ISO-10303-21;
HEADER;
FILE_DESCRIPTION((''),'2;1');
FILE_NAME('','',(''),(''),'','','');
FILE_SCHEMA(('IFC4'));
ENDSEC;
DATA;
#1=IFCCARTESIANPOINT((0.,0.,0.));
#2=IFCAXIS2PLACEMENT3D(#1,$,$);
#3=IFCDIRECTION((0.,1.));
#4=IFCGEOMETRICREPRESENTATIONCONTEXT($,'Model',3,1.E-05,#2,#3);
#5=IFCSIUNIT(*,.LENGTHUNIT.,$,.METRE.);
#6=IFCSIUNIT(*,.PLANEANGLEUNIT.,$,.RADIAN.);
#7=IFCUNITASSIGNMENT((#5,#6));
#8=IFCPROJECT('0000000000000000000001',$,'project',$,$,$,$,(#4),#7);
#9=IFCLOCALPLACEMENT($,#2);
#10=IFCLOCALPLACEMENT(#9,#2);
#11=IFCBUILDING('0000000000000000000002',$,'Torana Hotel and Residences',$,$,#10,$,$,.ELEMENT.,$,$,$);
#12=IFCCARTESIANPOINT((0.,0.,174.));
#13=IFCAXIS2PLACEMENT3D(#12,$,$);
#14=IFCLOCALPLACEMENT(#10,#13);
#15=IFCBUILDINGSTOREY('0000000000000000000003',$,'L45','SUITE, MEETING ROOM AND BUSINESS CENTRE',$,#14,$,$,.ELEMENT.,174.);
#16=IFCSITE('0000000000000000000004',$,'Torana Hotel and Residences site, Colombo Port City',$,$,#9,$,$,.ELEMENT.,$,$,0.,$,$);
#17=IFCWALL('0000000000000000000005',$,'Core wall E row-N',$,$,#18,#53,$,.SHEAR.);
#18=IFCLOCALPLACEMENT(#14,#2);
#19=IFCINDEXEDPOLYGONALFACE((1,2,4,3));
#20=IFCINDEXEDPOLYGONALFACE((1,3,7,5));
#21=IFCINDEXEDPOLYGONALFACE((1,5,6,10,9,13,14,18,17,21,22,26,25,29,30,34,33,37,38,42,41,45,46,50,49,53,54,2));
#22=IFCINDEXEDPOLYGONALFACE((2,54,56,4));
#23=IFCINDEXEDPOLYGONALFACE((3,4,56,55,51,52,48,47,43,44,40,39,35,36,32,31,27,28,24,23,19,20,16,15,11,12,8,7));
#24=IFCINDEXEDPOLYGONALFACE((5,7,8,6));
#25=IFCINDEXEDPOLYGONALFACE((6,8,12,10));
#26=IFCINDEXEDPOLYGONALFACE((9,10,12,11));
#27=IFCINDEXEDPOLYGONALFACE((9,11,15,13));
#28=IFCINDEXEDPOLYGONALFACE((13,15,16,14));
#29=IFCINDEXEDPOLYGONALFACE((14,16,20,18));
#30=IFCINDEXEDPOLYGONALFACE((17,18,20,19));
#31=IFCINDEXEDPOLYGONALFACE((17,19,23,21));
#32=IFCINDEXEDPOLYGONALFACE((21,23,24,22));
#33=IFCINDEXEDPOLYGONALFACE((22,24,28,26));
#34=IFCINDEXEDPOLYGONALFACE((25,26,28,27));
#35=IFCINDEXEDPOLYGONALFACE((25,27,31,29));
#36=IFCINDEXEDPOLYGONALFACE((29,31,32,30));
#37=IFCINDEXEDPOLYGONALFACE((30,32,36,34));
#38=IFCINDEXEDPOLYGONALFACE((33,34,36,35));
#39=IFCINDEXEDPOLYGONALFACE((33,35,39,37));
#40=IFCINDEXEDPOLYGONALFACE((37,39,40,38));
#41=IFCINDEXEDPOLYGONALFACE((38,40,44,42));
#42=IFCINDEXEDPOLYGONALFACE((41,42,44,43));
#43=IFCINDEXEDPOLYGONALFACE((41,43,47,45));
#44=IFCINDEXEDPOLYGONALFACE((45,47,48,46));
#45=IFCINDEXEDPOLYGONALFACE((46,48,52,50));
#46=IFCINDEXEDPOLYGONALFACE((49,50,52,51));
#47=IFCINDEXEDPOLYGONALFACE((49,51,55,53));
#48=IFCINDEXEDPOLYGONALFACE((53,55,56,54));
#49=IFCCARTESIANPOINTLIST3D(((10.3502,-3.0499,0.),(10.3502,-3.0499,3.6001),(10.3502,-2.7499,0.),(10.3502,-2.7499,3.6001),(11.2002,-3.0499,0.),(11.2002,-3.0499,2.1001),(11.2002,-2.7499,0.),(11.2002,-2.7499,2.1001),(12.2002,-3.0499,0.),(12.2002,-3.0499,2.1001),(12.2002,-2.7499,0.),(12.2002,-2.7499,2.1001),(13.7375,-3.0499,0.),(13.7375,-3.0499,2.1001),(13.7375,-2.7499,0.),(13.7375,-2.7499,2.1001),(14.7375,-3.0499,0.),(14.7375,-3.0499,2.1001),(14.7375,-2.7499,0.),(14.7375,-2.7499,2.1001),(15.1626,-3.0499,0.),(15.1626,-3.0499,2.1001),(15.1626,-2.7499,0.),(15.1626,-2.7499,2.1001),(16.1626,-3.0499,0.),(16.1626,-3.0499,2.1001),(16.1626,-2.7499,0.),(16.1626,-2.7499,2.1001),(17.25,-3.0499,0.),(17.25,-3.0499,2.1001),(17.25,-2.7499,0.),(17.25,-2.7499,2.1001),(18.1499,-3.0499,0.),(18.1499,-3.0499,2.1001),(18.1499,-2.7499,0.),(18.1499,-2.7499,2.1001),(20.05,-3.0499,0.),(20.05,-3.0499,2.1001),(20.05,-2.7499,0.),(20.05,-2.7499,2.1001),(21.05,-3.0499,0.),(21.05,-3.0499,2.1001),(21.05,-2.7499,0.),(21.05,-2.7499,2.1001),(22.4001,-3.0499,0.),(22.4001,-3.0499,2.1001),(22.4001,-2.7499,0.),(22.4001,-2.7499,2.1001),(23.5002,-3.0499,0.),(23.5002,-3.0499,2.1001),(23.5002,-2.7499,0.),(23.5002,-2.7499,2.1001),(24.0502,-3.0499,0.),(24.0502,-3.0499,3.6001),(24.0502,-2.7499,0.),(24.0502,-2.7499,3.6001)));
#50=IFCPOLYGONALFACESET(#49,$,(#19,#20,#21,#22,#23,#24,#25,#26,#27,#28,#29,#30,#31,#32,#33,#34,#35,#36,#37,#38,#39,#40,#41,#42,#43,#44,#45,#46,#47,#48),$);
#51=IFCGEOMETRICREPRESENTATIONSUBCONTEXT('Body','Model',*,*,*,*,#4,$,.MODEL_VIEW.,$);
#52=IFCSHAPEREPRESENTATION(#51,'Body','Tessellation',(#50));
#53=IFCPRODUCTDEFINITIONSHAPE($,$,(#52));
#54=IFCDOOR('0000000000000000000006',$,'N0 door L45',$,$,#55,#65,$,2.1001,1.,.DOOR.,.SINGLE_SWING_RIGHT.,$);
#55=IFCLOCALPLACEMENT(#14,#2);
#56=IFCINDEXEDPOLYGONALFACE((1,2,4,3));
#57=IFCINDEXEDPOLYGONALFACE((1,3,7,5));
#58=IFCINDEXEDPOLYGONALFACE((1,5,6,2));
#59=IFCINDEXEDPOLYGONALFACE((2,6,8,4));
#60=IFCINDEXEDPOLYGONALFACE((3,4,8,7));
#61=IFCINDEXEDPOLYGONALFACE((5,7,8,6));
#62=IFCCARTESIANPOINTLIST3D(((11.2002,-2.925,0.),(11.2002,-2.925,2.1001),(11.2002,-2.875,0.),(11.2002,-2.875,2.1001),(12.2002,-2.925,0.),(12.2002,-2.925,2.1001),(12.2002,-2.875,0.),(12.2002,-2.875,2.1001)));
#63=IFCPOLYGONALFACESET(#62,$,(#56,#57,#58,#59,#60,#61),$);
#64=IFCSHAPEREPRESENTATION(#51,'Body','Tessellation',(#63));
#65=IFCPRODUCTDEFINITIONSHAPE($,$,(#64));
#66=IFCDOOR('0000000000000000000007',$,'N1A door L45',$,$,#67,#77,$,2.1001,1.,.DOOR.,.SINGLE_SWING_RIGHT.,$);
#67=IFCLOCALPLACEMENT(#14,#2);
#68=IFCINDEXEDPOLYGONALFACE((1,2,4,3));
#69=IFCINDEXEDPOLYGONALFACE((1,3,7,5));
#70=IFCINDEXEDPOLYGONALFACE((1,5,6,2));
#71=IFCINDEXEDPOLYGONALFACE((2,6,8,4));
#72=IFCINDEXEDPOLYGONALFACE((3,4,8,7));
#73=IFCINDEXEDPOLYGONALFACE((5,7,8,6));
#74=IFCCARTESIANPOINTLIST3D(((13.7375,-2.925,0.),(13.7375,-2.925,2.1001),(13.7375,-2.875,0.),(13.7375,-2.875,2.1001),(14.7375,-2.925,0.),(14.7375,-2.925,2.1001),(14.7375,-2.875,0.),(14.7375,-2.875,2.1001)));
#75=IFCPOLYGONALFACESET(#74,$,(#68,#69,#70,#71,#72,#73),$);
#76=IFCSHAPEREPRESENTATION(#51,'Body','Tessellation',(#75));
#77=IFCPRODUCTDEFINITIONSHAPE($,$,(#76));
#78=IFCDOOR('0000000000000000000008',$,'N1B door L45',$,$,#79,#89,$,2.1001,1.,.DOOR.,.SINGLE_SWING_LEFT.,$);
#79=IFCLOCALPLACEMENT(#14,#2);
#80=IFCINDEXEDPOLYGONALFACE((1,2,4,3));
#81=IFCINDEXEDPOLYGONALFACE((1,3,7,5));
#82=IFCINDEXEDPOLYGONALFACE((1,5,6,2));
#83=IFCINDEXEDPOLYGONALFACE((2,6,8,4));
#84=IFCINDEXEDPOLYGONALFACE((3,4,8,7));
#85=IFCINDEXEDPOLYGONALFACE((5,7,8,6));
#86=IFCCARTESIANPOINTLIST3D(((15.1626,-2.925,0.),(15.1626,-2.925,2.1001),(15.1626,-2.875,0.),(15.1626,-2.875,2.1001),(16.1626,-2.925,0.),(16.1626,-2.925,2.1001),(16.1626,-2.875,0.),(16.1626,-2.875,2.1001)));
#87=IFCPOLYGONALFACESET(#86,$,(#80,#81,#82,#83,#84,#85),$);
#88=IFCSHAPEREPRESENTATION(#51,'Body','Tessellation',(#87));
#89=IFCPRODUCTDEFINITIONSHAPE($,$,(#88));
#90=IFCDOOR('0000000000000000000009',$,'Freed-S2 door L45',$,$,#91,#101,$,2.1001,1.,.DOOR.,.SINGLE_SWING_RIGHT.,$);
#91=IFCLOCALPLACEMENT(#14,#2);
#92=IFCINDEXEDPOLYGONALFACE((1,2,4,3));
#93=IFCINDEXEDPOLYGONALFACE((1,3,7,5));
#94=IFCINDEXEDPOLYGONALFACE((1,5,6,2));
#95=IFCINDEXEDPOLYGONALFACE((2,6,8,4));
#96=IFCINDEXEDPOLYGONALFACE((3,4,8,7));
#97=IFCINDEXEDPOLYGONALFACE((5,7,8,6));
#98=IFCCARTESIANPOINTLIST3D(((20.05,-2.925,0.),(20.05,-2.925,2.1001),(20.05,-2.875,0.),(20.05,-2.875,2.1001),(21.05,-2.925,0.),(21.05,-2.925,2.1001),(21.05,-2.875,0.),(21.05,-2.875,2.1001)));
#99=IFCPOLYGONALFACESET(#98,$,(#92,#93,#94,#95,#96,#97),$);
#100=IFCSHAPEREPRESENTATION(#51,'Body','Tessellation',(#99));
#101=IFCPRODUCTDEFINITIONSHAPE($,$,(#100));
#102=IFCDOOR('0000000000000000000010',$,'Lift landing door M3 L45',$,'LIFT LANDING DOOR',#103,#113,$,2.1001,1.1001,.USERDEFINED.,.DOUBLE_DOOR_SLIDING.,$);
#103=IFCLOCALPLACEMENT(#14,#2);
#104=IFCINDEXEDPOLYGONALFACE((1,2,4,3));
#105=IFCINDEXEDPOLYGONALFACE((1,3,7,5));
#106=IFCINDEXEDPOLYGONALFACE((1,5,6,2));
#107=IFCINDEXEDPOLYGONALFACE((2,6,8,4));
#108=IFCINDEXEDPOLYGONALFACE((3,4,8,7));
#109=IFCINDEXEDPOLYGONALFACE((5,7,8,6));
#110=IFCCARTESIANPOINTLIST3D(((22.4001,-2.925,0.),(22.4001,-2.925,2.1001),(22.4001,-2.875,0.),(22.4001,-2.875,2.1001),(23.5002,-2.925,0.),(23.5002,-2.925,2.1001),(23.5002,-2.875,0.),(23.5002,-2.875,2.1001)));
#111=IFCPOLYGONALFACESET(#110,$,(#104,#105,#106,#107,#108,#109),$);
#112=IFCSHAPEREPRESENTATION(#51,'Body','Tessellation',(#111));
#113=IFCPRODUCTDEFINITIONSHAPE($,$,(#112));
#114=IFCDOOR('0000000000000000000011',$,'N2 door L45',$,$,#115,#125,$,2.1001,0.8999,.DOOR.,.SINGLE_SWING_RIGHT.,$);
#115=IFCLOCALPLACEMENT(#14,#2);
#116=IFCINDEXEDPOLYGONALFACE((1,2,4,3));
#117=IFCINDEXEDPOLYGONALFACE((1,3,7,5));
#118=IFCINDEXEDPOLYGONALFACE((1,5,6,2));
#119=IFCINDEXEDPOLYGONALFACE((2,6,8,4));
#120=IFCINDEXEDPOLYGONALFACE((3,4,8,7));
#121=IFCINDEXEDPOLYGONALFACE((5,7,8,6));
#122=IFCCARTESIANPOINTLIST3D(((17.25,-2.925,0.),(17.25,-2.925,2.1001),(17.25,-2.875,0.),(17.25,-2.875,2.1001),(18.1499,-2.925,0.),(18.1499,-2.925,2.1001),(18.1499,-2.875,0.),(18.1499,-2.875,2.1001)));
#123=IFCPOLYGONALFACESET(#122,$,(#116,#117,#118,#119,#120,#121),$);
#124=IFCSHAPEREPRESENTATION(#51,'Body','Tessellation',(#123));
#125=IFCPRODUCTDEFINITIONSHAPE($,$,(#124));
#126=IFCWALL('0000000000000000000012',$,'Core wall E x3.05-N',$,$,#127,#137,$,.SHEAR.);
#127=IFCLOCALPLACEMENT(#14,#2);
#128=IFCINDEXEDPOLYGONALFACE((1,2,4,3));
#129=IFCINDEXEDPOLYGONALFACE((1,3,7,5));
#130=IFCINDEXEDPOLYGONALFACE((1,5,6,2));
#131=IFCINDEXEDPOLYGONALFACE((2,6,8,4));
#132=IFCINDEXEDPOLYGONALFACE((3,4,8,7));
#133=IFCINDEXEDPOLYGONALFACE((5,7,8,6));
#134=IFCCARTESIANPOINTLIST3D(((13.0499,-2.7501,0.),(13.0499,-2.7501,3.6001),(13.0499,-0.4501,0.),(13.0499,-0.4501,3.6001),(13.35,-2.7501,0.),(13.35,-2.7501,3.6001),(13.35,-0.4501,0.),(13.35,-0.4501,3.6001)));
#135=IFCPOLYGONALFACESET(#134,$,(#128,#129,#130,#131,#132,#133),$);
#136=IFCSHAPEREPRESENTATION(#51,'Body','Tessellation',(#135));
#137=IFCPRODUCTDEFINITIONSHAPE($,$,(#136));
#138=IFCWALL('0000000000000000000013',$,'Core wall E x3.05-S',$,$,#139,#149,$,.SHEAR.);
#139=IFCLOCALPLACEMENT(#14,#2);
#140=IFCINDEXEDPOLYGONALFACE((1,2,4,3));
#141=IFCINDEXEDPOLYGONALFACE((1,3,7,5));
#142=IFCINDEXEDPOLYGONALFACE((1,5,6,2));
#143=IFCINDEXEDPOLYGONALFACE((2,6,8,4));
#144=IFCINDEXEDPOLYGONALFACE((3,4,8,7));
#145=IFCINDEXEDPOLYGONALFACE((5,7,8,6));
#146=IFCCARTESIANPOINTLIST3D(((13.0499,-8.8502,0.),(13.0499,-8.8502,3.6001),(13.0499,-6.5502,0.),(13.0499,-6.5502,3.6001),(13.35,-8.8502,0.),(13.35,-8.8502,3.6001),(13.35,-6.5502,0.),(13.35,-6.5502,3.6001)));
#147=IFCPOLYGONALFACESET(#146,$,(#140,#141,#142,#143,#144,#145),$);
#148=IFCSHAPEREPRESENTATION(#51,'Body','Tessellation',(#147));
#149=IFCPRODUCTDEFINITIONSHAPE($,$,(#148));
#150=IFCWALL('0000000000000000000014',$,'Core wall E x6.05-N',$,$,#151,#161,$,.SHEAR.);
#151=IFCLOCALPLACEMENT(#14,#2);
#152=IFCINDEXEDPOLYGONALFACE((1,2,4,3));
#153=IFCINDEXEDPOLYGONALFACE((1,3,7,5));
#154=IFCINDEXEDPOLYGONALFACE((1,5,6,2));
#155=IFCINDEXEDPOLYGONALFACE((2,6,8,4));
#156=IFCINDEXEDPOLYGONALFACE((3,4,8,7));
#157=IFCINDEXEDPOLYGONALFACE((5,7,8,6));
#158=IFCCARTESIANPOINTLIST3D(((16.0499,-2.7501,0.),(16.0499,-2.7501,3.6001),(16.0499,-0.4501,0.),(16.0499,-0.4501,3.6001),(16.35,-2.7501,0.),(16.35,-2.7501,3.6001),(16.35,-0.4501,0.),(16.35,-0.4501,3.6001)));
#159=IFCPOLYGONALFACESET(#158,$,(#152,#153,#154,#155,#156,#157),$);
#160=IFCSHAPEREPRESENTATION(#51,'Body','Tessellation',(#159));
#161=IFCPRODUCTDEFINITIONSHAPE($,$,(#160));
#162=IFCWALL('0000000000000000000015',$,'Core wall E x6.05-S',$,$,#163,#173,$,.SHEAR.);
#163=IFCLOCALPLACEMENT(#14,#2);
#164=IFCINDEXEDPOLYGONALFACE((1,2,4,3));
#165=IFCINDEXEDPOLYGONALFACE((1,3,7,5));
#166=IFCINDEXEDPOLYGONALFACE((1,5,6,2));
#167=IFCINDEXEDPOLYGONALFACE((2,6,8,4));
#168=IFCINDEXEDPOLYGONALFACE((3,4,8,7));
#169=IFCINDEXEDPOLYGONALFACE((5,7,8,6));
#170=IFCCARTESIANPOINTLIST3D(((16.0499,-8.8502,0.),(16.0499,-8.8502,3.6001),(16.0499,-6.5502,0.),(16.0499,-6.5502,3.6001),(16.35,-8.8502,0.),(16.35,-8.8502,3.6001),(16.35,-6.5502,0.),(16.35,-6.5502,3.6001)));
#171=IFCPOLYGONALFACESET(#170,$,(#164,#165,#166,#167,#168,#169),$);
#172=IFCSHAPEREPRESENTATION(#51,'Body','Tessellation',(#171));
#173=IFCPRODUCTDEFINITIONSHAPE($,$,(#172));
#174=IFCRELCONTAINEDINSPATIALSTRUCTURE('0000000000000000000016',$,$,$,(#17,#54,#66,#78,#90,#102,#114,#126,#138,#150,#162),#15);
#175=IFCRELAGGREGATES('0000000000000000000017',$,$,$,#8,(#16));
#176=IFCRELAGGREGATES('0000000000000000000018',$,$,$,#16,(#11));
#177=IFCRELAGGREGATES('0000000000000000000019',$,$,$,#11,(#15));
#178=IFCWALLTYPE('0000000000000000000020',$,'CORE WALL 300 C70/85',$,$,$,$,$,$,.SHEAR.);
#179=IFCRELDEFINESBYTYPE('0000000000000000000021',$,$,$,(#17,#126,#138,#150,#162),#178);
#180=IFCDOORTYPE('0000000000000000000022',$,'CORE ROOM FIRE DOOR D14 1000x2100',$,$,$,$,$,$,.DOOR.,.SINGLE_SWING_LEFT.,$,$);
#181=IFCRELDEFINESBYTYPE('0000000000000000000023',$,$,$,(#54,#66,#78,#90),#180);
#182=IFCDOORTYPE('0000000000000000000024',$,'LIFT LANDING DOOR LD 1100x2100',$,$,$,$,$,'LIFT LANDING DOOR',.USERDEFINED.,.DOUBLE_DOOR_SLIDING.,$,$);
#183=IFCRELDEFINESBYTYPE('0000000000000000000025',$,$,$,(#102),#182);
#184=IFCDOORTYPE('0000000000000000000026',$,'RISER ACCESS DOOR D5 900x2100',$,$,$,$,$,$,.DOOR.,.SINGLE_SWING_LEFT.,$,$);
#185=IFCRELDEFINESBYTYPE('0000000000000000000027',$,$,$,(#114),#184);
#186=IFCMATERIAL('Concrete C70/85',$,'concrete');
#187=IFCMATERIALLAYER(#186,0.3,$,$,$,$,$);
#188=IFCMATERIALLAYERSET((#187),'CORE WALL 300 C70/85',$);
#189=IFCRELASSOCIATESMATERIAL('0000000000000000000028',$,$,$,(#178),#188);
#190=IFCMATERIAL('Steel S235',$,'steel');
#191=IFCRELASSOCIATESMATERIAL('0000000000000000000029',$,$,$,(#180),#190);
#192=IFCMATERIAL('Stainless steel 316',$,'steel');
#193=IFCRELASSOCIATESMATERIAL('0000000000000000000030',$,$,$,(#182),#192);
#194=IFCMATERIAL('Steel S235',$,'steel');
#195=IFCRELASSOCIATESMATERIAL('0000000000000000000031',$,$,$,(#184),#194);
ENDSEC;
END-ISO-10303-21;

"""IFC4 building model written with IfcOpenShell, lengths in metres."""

from ifc_helpers import new_model, si_unit, direction, frame, frame_2d, origin, place, context, subcontext, project, spatial, rectangle, extrude, material, layer, layer_set, type_object, element, fill, save


model = new_model("IFC4")

# Units and contexts
model_context = context("Model", 3, precision=1e-05, world=origin(), true_north=direction((0.0, 1.0)))
body_context = subcontext(model_context, "Body", "Model", "MODEL_VIEW")
ifc_project = project(units=[si_unit("LENGTHUNIT", "METRE"), si_unit("PLANEANGLEUNIT", "RADIAN")], contexts=[model_context])

# Site, building, storey
site_placement = place(None, origin())
site = spatial("IfcSite", under=ifc_project, at=site_placement, Name="Torana Hotel and Residences site, Colombo Port City", CompositionType="ELEMENT", RefElevation=0.0)
building_placement = place(site_placement, origin())
building = spatial("IfcBuilding", under=site, at=building_placement, Name="Torana Hotel and Residences", CompositionType="ELEMENT")
storey_placement = place(building_placement, frame((0.0, 0.0, 174.0)))
storey = spatial("IfcBuildingStorey", under=building, at=storey_placement, Name="L45", Description="SUITE, MEETING ROOM AND BUSINESS CENTRE", CompositionType="ELEMENT", Elevation=174.0)

# Wall, openings, doors
ifc_material_1 = material(Name="Concrete C70/85", Category="concrete")
ifc_layer_1 = layer(ifc_material_1, 0.3)
ifc_layer_set_1 = layer_set([ifc_layer_1], Name="CORE WALL 300 C70/85")
wall_type_1 = type_object("IfcWallType", Name="CORE WALL 300 C70/85", PredefinedType="SHEAR", material=ifc_layer_set_1)
wall_1_placement = place(storey_placement, frame((10.3501, -2.8999, 0.0), z_axis=(0.0, 0.0, 1.0), x_axis=(1.0, 0.0, 0.0)))
wall_1 = element("IfcWall", 1, at=wall_1_placement, inside=storey, type_object=wall_type_1, Name="Core wall E row-N", PredefinedType="SHEAR", context=body_context, shape_type="SweptSolid", body=[
    extrude(rectangle(XDim=13.7, YDim=0.3, at=frame_2d((6.8501, 0.0))), origin(), (0.0, 0.0, 1.0), 3.6001),
])
opening_1_placement = place(wall_1_placement, frame((12.05, 0.0, 0.0)))
opening_1 = element("IfcOpeningElement", 2, at=opening_1_placement, cuts=wall_1, PredefinedType="OPENING", context=body_context, shape_type="SweptSolid", body=[
    extrude(rectangle(XDim=1.1001, YDim=2.1001, at=frame_2d((0.55, 1.05))), frame((0.0, 0.1599, 0.0), z_axis=(0.0, -1.0, 0.0), x_axis=(1.0, 0.0, 0.0)), (0.0, 0.0, 1.0), 0.3201),
])
opening_2_placement = place(wall_1_placement, frame((6.8999, 0.0, 0.0)))
opening_2 = element("IfcOpeningElement", 3, at=opening_2_placement, cuts=wall_1, PredefinedType="OPENING", context=body_context, shape_type="SweptSolid", body=[
    extrude(rectangle(XDim=0.8999, YDim=2.1001, at=frame_2d((0.45, 1.05))), frame((0.0, 0.1599, 0.0), z_axis=(0.0, -1.0, 0.0), x_axis=(1.0, 0.0, 0.0)), (0.0, 0.0, 1.0), 0.3201),
])
opening_3_placement = place(wall_1_placement, frame((0.8501, 0.0, 0.0)))
opening_3 = element("IfcOpeningElement", 4, at=opening_3_placement, cuts=wall_1, PredefinedType="OPENING", context=body_context, shape_type="SweptSolid", body=[
    extrude(rectangle(XDim=1.0, YDim=2.1001, at=frame_2d((0.5, 1.05))), frame((0.0, 0.1599, 0.0), z_axis=(0.0, -1.0, 0.0), x_axis=(1.0, 0.0, 0.0)), (0.0, 0.0, 1.0), 0.3201),
])
opening_4_placement = place(wall_1_placement, frame((3.3875, 0.0, 0.0)))
opening_4 = element("IfcOpeningElement", 5, at=opening_4_placement, cuts=wall_1, PredefinedType="OPENING", context=body_context, shape_type="SweptSolid", body=[
    extrude(rectangle(XDim=1.0, YDim=2.1001, at=frame_2d((0.5, 1.05))), frame((0.0, 0.1599, 0.0), z_axis=(0.0, -1.0, 0.0), x_axis=(1.0, 0.0, 0.0)), (0.0, 0.0, 1.0), 0.3201),
])
opening_5_placement = place(wall_1_placement, frame((4.8125, 0.0, 0.0)))
opening_5 = element("IfcOpeningElement", 6, at=opening_5_placement, cuts=wall_1, PredefinedType="OPENING", context=body_context, shape_type="SweptSolid", body=[
    extrude(rectangle(XDim=1.0, YDim=2.1001, at=frame_2d((0.5, 1.05))), frame((0.0, 0.1599, 0.0), z_axis=(0.0, -1.0, 0.0), x_axis=(1.0, 0.0, 0.0)), (0.0, 0.0, 1.0), 0.3201),
])
opening_6_placement = place(wall_1_placement, frame((9.7, 0.0, 0.0)))
opening_6 = element("IfcOpeningElement", 7, at=opening_6_placement, cuts=wall_1, PredefinedType="OPENING", context=body_context, shape_type="SweptSolid", body=[
    extrude(rectangle(XDim=1.0, YDim=2.1001, at=frame_2d((0.5, 1.05))), frame((0.0, 0.1599, 0.0), z_axis=(0.0, -1.0, 0.0), x_axis=(1.0, 0.0, 0.0)), (0.0, 0.0, 1.0), 0.3201),
])
ifc_material_2 = material(Name="Steel S235", Category="steel")
door_type_1 = type_object("IfcDoorType", Name="CORE ROOM FIRE DOOR D14 1000x2100", OperationType="SINGLE_SWING_LEFT", PredefinedType="DOOR", material=ifc_material_2)
door_1_placement = place(opening_3_placement, origin())
door_1 = element("IfcDoor", 8, at=door_1_placement, inside=storey, type_object=door_type_1, Name="N0 door L45", OperationType="SINGLE_SWING_RIGHT", OverallHeight=2.1001, OverallWidth=1.0, PredefinedType="DOOR", context=body_context, shape_type="SweptSolid", body=[
    extrude(rectangle(XDim=1.0, YDim=2.1001, at=frame_2d((0.5, 1.05))), frame((0.0, 0.0249, 0.0), z_axis=(0.0, -1.0, 0.0), x_axis=(1.0, 0.0, 0.0)), (0.0, 0.0, 1.0), 0.05),
])
fill(opening_3, door_1)
door_2_placement = place(opening_4_placement, origin())
door_2 = element("IfcDoor", 9, at=door_2_placement, inside=storey, type_object=door_type_1, Name="N1A door L45", OperationType="SINGLE_SWING_RIGHT", OverallHeight=2.1001, OverallWidth=1.0, PredefinedType="DOOR", context=body_context, shape_type="SweptSolid", body=[
    extrude(rectangle(XDim=1.0, YDim=2.1001, at=frame_2d((0.5, 1.05))), frame((0.0, 0.0249, 0.0), z_axis=(0.0, -1.0, 0.0), x_axis=(1.0, 0.0, 0.0)), (0.0, 0.0, 1.0), 0.05),
])
fill(opening_4, door_2)
door_3_placement = place(opening_5_placement, origin())
door_3 = element("IfcDoor", 10, at=door_3_placement, inside=storey, type_object=door_type_1, Name="N1B door L45", OperationType="SINGLE_SWING_LEFT", OverallHeight=2.1001, OverallWidth=1.0, PredefinedType="DOOR", context=body_context, shape_type="SweptSolid", body=[
    extrude(rectangle(XDim=1.0, YDim=2.1001, at=frame_2d((0.5, 1.05))), frame((0.0, 0.0249, 0.0), z_axis=(0.0, -1.0, 0.0), x_axis=(1.0, 0.0, 0.0)), (0.0, 0.0, 1.0), 0.05),
])
fill(opening_5, door_3)
door_4_placement = place(opening_6_placement, origin())
door_4 = element("IfcDoor", 11, at=door_4_placement, inside=storey, type_object=door_type_1, Name="Freed-S2 door L45", OperationType="SINGLE_SWING_RIGHT", OverallHeight=2.1001, OverallWidth=1.0, PredefinedType="DOOR", context=body_context, shape_type="SweptSolid", body=[
    extrude(rectangle(XDim=1.0, YDim=2.1001, at=frame_2d((0.5, 1.05))), frame((0.0, 0.0249, 0.0), z_axis=(0.0, -1.0, 0.0), x_axis=(1.0, 0.0, 0.0)), (0.0, 0.0, 1.0), 0.05),
])
fill(opening_6, door_4)
ifc_material_3 = material(Name="Stainless steel 316", Category="steel")
door_type_2 = type_object("IfcDoorType", Name="LIFT LANDING DOOR LD 1100x2100", ElementType="LIFT LANDING DOOR", OperationType="DOUBLE_DOOR_SLIDING", PredefinedType="USERDEFINED", material=ifc_material_3)
door_5_placement = place(opening_1_placement, origin())
door_5 = element("IfcDoor", 12, at=door_5_placement, inside=storey, type_object=door_type_2, Name="Lift landing door M3 L45", ObjectType="LIFT LANDING DOOR", OperationType="DOUBLE_DOOR_SLIDING", OverallHeight=2.1001, OverallWidth=1.1001, PredefinedType="USERDEFINED", context=body_context, shape_type="SweptSolid", body=[
    extrude(rectangle(XDim=1.1001, YDim=2.1001, at=frame_2d((0.55, 1.05))), frame((0.0, 0.0249, 0.0), z_axis=(0.0, -1.0, 0.0), x_axis=(1.0, 0.0, 0.0)), (0.0, 0.0, 1.0), 0.05),
])
fill(opening_1, door_5)
ifc_material_4 = material(Name="Steel S235", Category="steel")
door_type_3 = type_object("IfcDoorType", Name="RISER ACCESS DOOR D5 900x2100", OperationType="SINGLE_SWING_LEFT", PredefinedType="DOOR", material=ifc_material_4)
door_6_placement = place(opening_2_placement, origin())
door_6 = element("IfcDoor", 13, at=door_6_placement, inside=storey, type_object=door_type_3, Name="N2 door L45", OperationType="SINGLE_SWING_RIGHT", OverallHeight=2.1001, OverallWidth=0.8999, PredefinedType="DOOR", context=body_context, shape_type="SweptSolid", body=[
    extrude(rectangle(XDim=0.8999, YDim=2.1001, at=frame_2d((0.45, 1.05))), frame((0.0, 0.0249, 0.0), z_axis=(0.0, -1.0, 0.0), x_axis=(1.0, 0.0, 0.0)), (0.0, 0.0, 1.0), 0.05),
])
fill(opening_2, door_6)

# Walls
for number, where, z_axis, x_axis, name in (
    (14, (13.2, -2.75, 0.0), (0.0, 0.0, 1.0), (0.0, 1.0, 0.0), "Core wall E x3.05-N"),
    (15, (13.2, -8.8501, 0.0), (0.0, 0.0, 1.0), (0.0, 1.0, 0.0), "Core wall E x3.05-S"),
    (16, (16.2, -2.75, 0.0), (0.0, 0.0, 1.0), (0.0, 1.0, 0.0), "Core wall E x6.05-N"),
    (17, (16.2, -8.8501, 0.0), (0.0, 0.0, 1.0), (0.0, 1.0, 0.0), "Core wall E x6.05-S"),
):
    element("IfcWall", number, at=place(storey_placement, frame(where, z_axis=z_axis, x_axis=x_axis)), inside=storey, type_object=wall_type_1, Name=name, PredefinedType="SHEAR", context=body_context, shape_type="SweptSolid", body=[
        extrude(rectangle(XDim=2.3, YDim=0.3, at=frame_2d((1.1499, 0.0))), origin(), (0.0, 0.0, 1.0), 3.6001),
    ])

save(model, "model.ifc")
